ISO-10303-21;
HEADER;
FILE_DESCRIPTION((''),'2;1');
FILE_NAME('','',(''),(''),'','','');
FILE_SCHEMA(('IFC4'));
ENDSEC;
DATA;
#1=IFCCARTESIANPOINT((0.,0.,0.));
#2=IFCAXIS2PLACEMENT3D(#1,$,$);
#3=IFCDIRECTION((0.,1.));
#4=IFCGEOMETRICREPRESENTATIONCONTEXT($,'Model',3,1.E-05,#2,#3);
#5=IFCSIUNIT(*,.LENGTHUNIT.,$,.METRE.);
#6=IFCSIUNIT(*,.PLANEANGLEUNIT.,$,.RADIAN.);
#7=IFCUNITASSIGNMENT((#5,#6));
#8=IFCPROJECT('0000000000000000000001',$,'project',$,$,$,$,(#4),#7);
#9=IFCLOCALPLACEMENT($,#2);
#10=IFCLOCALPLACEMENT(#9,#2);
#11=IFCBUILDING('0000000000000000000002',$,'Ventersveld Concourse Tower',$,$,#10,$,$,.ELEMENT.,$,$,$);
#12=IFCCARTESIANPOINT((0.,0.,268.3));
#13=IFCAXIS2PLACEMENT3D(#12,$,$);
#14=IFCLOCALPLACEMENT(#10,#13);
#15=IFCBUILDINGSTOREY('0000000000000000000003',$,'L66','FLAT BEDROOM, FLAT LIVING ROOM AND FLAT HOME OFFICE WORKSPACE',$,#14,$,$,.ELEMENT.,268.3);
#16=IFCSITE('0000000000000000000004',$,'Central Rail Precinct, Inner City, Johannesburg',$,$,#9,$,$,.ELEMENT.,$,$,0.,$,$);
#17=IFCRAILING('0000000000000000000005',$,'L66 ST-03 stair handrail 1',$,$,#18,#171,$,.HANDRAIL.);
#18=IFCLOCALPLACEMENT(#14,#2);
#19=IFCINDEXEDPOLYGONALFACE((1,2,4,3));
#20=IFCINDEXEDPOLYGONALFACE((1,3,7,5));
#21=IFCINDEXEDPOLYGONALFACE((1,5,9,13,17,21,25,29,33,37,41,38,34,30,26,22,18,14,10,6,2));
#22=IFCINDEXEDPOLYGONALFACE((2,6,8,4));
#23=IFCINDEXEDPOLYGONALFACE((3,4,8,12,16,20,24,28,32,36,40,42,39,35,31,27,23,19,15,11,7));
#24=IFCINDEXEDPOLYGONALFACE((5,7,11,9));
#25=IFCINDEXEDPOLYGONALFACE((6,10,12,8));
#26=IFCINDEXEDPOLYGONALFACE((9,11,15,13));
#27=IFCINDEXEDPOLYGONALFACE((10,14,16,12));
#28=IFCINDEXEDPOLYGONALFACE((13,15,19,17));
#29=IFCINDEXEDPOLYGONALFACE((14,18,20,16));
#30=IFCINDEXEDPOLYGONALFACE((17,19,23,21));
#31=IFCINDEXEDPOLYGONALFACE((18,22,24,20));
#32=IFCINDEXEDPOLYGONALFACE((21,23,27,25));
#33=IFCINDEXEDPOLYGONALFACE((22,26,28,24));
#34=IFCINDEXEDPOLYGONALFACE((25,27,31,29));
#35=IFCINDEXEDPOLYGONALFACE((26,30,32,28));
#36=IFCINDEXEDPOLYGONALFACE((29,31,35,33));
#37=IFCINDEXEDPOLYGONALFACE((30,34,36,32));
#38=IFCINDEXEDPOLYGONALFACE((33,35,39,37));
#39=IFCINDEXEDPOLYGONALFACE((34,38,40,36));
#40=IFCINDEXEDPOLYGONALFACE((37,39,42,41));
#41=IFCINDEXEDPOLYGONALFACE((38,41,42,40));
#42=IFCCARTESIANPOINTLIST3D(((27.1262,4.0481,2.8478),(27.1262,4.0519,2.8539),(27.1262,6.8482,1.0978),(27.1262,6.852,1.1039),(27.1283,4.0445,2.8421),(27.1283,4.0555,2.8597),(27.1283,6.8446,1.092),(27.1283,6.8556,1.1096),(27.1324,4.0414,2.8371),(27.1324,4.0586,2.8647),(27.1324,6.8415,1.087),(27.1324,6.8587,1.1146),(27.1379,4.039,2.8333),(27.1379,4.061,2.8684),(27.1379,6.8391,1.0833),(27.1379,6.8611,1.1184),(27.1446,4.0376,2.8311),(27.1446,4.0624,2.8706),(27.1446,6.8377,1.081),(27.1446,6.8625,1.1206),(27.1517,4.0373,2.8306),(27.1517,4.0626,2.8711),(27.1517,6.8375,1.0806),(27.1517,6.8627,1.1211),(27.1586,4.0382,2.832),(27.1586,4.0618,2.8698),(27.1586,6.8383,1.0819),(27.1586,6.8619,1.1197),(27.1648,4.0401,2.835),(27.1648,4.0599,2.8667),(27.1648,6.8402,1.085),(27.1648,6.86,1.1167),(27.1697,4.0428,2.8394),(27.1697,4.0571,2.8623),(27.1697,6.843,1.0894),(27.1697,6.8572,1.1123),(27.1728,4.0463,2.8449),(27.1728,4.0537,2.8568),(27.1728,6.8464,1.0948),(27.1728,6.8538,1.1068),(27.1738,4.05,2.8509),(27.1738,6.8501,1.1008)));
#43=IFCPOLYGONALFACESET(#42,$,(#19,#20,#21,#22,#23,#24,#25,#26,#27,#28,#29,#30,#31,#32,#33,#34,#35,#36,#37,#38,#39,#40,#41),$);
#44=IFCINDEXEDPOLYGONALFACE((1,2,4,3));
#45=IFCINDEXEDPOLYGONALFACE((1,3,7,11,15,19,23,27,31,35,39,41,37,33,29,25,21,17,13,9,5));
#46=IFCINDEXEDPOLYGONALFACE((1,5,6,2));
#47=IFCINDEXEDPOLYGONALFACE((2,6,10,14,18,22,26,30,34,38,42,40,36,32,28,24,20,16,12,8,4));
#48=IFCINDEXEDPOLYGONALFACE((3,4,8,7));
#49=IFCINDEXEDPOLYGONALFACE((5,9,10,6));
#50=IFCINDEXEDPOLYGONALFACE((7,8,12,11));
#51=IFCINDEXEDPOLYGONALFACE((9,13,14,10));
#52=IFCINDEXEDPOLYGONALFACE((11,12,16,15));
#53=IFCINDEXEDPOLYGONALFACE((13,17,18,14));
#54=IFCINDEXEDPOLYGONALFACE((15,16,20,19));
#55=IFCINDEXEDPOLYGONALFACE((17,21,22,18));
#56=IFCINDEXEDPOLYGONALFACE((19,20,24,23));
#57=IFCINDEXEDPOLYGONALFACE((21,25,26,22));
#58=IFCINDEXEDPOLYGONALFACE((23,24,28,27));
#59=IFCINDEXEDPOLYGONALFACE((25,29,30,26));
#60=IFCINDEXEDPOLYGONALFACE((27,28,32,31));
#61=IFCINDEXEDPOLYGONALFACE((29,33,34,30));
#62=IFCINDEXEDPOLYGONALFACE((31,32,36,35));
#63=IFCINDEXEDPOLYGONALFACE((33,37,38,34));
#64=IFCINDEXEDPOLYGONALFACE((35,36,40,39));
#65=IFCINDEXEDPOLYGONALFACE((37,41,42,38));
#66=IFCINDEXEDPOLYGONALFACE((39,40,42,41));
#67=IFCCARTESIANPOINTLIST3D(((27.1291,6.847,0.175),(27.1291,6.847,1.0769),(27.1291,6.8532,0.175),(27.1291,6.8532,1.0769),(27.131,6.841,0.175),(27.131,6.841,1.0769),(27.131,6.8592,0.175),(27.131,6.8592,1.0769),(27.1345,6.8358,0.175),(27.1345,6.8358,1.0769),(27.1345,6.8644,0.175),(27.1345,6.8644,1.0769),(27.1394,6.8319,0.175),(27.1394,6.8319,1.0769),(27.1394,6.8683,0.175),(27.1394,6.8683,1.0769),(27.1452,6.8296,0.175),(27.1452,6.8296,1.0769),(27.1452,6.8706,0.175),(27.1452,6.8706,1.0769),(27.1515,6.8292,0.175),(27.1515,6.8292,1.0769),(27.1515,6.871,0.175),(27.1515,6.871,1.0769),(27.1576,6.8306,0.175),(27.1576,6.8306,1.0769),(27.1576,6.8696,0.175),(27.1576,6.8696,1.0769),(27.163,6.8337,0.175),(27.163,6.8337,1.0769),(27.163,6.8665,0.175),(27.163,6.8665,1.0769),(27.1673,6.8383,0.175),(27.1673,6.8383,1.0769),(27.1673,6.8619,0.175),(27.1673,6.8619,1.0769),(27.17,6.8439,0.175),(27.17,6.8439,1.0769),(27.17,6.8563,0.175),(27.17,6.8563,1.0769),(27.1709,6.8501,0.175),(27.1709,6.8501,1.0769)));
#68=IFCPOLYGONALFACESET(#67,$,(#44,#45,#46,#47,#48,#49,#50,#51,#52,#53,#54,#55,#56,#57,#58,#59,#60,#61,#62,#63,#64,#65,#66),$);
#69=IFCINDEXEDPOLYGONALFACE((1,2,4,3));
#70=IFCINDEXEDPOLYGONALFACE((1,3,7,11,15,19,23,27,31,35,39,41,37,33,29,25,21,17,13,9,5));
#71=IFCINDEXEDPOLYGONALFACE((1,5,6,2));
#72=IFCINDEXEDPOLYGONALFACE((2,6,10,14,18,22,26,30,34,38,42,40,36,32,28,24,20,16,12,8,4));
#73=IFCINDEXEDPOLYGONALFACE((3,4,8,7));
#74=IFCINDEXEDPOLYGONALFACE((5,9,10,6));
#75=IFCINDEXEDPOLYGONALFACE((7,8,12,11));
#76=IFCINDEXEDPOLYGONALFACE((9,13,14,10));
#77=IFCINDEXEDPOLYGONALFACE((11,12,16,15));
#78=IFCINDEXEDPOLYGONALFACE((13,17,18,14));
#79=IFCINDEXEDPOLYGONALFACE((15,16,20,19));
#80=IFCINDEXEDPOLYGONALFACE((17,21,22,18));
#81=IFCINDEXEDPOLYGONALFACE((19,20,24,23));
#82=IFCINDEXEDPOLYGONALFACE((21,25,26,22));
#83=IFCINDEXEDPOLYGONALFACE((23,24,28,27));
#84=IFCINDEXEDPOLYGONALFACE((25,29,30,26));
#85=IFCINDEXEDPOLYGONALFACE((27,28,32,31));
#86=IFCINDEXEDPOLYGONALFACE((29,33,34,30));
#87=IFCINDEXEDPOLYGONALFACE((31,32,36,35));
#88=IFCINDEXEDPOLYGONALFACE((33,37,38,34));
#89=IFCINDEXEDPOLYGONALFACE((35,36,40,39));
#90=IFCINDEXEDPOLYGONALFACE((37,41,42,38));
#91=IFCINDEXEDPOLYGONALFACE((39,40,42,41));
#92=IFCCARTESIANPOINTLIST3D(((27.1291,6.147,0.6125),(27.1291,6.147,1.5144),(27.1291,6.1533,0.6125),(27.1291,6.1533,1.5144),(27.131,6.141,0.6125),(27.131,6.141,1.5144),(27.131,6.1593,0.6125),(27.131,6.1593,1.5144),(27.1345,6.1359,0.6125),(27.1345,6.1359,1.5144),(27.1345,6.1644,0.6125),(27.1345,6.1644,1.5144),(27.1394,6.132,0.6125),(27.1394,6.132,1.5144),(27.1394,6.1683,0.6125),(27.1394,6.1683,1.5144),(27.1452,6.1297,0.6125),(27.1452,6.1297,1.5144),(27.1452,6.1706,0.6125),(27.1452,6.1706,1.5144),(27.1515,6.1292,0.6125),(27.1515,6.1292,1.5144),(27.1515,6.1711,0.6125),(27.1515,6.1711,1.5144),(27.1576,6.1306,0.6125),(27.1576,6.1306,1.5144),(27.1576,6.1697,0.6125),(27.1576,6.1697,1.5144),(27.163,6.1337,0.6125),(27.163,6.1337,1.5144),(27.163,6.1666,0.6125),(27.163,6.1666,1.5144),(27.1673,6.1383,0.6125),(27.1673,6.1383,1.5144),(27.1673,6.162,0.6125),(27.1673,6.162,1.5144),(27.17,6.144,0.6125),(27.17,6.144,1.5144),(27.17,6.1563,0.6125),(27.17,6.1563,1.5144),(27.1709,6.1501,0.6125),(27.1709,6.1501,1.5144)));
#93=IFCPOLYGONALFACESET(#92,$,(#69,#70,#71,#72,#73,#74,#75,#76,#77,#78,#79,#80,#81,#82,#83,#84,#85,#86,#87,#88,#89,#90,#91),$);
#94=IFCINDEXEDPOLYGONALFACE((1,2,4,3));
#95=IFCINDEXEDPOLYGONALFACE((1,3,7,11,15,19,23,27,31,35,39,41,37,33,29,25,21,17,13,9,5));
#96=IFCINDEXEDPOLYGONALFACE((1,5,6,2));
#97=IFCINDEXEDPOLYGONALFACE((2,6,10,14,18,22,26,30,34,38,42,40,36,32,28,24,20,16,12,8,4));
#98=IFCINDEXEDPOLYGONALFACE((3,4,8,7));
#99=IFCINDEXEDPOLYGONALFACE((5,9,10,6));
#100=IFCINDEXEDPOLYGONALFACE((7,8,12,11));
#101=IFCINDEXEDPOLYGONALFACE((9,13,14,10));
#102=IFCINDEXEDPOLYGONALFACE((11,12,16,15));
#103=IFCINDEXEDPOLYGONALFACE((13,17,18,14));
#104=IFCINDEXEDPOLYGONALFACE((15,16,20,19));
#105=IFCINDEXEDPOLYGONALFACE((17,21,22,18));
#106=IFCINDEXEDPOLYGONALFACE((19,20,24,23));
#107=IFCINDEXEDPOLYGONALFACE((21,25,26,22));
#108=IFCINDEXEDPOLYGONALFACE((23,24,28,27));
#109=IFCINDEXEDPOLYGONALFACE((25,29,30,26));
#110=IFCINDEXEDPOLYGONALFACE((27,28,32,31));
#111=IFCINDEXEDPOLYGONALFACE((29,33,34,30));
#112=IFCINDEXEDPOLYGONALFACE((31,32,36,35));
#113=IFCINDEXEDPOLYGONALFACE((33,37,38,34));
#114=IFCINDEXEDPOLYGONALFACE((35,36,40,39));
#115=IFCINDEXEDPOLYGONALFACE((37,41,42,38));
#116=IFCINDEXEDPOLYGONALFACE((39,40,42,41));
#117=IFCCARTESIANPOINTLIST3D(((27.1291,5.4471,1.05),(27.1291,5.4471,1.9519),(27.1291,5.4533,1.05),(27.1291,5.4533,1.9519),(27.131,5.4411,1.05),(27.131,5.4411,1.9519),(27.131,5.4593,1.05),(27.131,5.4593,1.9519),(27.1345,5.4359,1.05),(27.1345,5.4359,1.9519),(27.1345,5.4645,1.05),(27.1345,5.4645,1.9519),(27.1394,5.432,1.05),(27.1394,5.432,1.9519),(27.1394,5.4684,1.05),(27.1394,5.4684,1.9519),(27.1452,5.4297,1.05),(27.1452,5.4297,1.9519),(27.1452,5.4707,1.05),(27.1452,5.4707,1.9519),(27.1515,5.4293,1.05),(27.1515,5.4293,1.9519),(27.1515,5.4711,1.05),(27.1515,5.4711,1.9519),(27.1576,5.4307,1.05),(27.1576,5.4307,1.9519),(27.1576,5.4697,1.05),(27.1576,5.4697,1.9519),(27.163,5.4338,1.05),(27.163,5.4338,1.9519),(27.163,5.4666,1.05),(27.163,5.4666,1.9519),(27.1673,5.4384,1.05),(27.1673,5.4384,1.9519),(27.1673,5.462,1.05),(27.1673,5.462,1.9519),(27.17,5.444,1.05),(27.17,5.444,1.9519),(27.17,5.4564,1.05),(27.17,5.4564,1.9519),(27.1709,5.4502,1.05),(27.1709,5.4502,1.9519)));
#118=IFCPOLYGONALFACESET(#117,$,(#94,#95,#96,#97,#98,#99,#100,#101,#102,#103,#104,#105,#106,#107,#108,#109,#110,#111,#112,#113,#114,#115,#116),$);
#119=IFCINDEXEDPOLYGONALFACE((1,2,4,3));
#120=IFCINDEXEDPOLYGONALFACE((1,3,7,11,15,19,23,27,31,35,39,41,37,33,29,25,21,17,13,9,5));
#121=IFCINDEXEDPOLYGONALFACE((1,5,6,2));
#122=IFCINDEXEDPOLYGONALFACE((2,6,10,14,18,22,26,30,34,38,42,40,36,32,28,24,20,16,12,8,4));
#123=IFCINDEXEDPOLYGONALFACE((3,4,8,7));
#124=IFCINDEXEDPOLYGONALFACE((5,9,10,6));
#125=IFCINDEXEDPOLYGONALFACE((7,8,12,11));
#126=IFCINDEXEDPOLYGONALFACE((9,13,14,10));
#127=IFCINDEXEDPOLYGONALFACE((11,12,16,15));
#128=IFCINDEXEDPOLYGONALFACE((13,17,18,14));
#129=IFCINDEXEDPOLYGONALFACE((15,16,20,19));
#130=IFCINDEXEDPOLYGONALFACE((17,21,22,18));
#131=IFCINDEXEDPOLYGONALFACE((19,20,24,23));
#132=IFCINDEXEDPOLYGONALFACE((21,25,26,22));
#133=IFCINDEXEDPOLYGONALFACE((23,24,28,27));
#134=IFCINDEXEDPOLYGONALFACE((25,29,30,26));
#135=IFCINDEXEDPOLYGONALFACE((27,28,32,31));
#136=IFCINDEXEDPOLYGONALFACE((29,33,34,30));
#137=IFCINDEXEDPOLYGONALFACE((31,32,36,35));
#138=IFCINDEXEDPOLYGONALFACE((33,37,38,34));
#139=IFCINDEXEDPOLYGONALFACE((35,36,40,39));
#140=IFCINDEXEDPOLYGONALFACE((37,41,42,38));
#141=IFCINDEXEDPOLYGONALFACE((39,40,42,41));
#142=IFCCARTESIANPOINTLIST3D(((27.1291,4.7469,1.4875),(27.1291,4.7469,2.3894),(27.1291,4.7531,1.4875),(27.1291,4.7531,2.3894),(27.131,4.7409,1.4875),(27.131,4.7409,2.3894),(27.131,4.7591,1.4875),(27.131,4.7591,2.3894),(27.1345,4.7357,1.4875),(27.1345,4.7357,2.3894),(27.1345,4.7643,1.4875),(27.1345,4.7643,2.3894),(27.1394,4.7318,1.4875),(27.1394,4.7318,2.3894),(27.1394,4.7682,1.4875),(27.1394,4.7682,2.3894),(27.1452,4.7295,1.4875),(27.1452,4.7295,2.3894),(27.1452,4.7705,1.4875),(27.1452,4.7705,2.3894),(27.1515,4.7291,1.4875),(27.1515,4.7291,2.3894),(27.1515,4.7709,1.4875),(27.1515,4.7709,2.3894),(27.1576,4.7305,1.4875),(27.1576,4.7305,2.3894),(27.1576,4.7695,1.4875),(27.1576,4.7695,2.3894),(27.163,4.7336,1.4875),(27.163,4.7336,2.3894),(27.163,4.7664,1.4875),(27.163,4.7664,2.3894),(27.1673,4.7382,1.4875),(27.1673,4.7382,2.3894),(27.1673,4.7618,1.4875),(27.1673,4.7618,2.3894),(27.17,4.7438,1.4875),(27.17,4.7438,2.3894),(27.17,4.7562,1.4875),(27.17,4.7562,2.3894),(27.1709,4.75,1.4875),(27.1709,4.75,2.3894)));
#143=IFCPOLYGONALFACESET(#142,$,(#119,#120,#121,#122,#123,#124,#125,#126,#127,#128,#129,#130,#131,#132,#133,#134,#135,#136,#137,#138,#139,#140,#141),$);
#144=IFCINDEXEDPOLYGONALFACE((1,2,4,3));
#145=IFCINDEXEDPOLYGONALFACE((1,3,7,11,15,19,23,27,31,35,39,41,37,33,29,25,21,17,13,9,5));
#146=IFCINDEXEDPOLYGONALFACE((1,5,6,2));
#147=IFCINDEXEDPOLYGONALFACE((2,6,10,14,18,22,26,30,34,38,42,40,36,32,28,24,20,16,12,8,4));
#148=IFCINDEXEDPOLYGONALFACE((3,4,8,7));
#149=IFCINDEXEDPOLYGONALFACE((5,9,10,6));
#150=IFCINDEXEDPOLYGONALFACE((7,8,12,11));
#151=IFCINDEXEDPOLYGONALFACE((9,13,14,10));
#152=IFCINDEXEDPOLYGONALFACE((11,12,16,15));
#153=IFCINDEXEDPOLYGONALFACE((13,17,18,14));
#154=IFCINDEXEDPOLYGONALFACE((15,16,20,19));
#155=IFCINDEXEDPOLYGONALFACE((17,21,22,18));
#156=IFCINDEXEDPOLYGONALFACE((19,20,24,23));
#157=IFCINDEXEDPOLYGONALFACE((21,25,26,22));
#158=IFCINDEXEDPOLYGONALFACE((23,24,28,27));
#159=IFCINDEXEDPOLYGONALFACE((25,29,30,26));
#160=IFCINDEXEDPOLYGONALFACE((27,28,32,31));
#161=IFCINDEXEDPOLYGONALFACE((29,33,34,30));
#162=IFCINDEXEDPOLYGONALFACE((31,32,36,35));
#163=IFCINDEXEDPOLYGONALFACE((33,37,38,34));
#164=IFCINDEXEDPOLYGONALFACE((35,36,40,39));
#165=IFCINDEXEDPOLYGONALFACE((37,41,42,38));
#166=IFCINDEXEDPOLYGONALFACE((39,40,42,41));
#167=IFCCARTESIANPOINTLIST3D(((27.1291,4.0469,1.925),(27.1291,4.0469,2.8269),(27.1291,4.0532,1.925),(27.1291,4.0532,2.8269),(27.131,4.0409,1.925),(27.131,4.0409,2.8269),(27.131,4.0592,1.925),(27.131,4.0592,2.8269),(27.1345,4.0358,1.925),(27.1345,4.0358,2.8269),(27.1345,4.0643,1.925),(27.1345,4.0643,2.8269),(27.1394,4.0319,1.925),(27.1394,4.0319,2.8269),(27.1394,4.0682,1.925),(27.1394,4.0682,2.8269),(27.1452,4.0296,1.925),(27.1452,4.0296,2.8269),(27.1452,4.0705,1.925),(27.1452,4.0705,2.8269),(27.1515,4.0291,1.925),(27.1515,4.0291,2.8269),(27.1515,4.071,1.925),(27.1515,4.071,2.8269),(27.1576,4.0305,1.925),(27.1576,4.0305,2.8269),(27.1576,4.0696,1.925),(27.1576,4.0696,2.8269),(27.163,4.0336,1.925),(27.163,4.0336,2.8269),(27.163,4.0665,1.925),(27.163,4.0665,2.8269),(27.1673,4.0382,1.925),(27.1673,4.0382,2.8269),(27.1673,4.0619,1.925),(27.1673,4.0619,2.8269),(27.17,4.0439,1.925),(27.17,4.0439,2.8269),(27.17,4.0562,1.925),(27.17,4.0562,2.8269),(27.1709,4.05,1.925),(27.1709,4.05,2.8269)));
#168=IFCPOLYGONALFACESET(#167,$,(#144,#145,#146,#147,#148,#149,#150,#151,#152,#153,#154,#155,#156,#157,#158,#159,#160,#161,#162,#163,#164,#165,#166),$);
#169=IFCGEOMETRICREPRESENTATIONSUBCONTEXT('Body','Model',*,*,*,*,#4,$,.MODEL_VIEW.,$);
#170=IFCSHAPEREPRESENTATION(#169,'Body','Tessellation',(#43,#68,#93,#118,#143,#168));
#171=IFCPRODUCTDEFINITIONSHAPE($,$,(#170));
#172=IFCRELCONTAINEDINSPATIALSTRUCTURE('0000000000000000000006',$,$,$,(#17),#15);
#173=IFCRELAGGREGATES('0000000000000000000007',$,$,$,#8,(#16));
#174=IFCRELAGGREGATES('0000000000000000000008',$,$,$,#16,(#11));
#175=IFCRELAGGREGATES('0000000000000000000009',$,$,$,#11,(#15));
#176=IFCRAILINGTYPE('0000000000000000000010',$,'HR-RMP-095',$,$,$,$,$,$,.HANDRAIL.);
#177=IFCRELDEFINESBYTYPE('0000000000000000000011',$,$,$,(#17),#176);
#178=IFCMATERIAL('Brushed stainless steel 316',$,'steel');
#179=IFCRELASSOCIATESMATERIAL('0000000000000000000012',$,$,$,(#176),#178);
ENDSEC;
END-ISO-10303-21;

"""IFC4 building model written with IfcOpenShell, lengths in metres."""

from ifc_helpers import new_model, si_unit, direction, frame, origin, origin_2d, place, context, subcontext, project, spatial, circle, extrude, material, type_object, element, save


model = new_model("IFC4")

# Units and contexts
model_context = context("Model", 3, precision=1e-05, world=origin(), true_north=direction((0.0, 1.0)))
body_context = subcontext(model_context, "Body", "Model", "MODEL_VIEW")
ifc_project = project(units=[si_unit("LENGTHUNIT", "METRE"), si_unit("PLANEANGLEUNIT", "RADIAN")], contexts=[model_context])

# Site, building, storey
site_placement = place(None, origin())
site = spatial("IfcSite", under=ifc_project, at=site_placement, Name="Central Rail Precinct, Inner City, Johannesburg", CompositionType="ELEMENT", RefElevation=0.0)
building_placement = place(site_placement, origin())
building = spatial("IfcBuilding", under=site, at=building_placement, Name="Ventersveld Concourse Tower", CompositionType="ELEMENT")
storey_placement = place(building_placement, frame((0.0, 0.0, 268.3)))
storey = spatial("IfcBuildingStorey", under=building, at=storey_placement, Name="L66", Description="FLAT BEDROOM, FLAT LIVING ROOM AND FLAT HOME OFFICE WORKSPACE", CompositionType="ELEMENT", Elevation=268.3)

# Railing
ifc_material_1 = material(Name="Brushed stainless steel 316", Category="steel")
railing_type_1 = type_object("IfcRailingType", Name="HR-RMP-095", PredefinedType="HANDRAIL", material=ifc_material_1)
railing_1_placement = place(storey_placement, frame((27.1499, 6.8501, 0.175)))
element("IfcRailing", 1, at=railing_1_placement, inside=storey, type_object=railing_type_1, Name="L66 ST-03 stair handrail 1", PredefinedType="HANDRAIL", context=body_context, shape_type="SweptSolid", body=[
    extrude(circle(Radius=0.0239, at=origin_2d()), frame((0.0, 0.0, 0.9258), z_axis=(0.0, -0.848002, 0.529992), x_axis=(1.0, 0.0, 0.0)), (0.0, 0.0, 1.0), 3.302),
    extrude(circle(Radius=0.021, at=origin_2d()), origin(), (0.0, 0.0, 1.0), 0.9019),
    extrude(circle(Radius=0.021, at=origin_2d()), frame((0.0, -0.7, 0.4375)), (0.0, 0.0, 1.0), 0.9019),
    extrude(circle(Radius=0.021, at=origin_2d()), frame((0.0, -1.3999, 0.875)), (0.0, 0.0, 1.0), 0.9019),
    extrude(circle(Radius=0.021, at=origin_2d()), frame((0.0, -2.1001, 1.3125)), (0.0, 0.0, 1.0), 0.9019),
    extrude(circle(Radius=0.021, at=origin_2d()), frame((0.0, -2.8, 1.75)), (0.0, 0.0, 1.0), 0.9019),
])

save(model, "model.ifc")
